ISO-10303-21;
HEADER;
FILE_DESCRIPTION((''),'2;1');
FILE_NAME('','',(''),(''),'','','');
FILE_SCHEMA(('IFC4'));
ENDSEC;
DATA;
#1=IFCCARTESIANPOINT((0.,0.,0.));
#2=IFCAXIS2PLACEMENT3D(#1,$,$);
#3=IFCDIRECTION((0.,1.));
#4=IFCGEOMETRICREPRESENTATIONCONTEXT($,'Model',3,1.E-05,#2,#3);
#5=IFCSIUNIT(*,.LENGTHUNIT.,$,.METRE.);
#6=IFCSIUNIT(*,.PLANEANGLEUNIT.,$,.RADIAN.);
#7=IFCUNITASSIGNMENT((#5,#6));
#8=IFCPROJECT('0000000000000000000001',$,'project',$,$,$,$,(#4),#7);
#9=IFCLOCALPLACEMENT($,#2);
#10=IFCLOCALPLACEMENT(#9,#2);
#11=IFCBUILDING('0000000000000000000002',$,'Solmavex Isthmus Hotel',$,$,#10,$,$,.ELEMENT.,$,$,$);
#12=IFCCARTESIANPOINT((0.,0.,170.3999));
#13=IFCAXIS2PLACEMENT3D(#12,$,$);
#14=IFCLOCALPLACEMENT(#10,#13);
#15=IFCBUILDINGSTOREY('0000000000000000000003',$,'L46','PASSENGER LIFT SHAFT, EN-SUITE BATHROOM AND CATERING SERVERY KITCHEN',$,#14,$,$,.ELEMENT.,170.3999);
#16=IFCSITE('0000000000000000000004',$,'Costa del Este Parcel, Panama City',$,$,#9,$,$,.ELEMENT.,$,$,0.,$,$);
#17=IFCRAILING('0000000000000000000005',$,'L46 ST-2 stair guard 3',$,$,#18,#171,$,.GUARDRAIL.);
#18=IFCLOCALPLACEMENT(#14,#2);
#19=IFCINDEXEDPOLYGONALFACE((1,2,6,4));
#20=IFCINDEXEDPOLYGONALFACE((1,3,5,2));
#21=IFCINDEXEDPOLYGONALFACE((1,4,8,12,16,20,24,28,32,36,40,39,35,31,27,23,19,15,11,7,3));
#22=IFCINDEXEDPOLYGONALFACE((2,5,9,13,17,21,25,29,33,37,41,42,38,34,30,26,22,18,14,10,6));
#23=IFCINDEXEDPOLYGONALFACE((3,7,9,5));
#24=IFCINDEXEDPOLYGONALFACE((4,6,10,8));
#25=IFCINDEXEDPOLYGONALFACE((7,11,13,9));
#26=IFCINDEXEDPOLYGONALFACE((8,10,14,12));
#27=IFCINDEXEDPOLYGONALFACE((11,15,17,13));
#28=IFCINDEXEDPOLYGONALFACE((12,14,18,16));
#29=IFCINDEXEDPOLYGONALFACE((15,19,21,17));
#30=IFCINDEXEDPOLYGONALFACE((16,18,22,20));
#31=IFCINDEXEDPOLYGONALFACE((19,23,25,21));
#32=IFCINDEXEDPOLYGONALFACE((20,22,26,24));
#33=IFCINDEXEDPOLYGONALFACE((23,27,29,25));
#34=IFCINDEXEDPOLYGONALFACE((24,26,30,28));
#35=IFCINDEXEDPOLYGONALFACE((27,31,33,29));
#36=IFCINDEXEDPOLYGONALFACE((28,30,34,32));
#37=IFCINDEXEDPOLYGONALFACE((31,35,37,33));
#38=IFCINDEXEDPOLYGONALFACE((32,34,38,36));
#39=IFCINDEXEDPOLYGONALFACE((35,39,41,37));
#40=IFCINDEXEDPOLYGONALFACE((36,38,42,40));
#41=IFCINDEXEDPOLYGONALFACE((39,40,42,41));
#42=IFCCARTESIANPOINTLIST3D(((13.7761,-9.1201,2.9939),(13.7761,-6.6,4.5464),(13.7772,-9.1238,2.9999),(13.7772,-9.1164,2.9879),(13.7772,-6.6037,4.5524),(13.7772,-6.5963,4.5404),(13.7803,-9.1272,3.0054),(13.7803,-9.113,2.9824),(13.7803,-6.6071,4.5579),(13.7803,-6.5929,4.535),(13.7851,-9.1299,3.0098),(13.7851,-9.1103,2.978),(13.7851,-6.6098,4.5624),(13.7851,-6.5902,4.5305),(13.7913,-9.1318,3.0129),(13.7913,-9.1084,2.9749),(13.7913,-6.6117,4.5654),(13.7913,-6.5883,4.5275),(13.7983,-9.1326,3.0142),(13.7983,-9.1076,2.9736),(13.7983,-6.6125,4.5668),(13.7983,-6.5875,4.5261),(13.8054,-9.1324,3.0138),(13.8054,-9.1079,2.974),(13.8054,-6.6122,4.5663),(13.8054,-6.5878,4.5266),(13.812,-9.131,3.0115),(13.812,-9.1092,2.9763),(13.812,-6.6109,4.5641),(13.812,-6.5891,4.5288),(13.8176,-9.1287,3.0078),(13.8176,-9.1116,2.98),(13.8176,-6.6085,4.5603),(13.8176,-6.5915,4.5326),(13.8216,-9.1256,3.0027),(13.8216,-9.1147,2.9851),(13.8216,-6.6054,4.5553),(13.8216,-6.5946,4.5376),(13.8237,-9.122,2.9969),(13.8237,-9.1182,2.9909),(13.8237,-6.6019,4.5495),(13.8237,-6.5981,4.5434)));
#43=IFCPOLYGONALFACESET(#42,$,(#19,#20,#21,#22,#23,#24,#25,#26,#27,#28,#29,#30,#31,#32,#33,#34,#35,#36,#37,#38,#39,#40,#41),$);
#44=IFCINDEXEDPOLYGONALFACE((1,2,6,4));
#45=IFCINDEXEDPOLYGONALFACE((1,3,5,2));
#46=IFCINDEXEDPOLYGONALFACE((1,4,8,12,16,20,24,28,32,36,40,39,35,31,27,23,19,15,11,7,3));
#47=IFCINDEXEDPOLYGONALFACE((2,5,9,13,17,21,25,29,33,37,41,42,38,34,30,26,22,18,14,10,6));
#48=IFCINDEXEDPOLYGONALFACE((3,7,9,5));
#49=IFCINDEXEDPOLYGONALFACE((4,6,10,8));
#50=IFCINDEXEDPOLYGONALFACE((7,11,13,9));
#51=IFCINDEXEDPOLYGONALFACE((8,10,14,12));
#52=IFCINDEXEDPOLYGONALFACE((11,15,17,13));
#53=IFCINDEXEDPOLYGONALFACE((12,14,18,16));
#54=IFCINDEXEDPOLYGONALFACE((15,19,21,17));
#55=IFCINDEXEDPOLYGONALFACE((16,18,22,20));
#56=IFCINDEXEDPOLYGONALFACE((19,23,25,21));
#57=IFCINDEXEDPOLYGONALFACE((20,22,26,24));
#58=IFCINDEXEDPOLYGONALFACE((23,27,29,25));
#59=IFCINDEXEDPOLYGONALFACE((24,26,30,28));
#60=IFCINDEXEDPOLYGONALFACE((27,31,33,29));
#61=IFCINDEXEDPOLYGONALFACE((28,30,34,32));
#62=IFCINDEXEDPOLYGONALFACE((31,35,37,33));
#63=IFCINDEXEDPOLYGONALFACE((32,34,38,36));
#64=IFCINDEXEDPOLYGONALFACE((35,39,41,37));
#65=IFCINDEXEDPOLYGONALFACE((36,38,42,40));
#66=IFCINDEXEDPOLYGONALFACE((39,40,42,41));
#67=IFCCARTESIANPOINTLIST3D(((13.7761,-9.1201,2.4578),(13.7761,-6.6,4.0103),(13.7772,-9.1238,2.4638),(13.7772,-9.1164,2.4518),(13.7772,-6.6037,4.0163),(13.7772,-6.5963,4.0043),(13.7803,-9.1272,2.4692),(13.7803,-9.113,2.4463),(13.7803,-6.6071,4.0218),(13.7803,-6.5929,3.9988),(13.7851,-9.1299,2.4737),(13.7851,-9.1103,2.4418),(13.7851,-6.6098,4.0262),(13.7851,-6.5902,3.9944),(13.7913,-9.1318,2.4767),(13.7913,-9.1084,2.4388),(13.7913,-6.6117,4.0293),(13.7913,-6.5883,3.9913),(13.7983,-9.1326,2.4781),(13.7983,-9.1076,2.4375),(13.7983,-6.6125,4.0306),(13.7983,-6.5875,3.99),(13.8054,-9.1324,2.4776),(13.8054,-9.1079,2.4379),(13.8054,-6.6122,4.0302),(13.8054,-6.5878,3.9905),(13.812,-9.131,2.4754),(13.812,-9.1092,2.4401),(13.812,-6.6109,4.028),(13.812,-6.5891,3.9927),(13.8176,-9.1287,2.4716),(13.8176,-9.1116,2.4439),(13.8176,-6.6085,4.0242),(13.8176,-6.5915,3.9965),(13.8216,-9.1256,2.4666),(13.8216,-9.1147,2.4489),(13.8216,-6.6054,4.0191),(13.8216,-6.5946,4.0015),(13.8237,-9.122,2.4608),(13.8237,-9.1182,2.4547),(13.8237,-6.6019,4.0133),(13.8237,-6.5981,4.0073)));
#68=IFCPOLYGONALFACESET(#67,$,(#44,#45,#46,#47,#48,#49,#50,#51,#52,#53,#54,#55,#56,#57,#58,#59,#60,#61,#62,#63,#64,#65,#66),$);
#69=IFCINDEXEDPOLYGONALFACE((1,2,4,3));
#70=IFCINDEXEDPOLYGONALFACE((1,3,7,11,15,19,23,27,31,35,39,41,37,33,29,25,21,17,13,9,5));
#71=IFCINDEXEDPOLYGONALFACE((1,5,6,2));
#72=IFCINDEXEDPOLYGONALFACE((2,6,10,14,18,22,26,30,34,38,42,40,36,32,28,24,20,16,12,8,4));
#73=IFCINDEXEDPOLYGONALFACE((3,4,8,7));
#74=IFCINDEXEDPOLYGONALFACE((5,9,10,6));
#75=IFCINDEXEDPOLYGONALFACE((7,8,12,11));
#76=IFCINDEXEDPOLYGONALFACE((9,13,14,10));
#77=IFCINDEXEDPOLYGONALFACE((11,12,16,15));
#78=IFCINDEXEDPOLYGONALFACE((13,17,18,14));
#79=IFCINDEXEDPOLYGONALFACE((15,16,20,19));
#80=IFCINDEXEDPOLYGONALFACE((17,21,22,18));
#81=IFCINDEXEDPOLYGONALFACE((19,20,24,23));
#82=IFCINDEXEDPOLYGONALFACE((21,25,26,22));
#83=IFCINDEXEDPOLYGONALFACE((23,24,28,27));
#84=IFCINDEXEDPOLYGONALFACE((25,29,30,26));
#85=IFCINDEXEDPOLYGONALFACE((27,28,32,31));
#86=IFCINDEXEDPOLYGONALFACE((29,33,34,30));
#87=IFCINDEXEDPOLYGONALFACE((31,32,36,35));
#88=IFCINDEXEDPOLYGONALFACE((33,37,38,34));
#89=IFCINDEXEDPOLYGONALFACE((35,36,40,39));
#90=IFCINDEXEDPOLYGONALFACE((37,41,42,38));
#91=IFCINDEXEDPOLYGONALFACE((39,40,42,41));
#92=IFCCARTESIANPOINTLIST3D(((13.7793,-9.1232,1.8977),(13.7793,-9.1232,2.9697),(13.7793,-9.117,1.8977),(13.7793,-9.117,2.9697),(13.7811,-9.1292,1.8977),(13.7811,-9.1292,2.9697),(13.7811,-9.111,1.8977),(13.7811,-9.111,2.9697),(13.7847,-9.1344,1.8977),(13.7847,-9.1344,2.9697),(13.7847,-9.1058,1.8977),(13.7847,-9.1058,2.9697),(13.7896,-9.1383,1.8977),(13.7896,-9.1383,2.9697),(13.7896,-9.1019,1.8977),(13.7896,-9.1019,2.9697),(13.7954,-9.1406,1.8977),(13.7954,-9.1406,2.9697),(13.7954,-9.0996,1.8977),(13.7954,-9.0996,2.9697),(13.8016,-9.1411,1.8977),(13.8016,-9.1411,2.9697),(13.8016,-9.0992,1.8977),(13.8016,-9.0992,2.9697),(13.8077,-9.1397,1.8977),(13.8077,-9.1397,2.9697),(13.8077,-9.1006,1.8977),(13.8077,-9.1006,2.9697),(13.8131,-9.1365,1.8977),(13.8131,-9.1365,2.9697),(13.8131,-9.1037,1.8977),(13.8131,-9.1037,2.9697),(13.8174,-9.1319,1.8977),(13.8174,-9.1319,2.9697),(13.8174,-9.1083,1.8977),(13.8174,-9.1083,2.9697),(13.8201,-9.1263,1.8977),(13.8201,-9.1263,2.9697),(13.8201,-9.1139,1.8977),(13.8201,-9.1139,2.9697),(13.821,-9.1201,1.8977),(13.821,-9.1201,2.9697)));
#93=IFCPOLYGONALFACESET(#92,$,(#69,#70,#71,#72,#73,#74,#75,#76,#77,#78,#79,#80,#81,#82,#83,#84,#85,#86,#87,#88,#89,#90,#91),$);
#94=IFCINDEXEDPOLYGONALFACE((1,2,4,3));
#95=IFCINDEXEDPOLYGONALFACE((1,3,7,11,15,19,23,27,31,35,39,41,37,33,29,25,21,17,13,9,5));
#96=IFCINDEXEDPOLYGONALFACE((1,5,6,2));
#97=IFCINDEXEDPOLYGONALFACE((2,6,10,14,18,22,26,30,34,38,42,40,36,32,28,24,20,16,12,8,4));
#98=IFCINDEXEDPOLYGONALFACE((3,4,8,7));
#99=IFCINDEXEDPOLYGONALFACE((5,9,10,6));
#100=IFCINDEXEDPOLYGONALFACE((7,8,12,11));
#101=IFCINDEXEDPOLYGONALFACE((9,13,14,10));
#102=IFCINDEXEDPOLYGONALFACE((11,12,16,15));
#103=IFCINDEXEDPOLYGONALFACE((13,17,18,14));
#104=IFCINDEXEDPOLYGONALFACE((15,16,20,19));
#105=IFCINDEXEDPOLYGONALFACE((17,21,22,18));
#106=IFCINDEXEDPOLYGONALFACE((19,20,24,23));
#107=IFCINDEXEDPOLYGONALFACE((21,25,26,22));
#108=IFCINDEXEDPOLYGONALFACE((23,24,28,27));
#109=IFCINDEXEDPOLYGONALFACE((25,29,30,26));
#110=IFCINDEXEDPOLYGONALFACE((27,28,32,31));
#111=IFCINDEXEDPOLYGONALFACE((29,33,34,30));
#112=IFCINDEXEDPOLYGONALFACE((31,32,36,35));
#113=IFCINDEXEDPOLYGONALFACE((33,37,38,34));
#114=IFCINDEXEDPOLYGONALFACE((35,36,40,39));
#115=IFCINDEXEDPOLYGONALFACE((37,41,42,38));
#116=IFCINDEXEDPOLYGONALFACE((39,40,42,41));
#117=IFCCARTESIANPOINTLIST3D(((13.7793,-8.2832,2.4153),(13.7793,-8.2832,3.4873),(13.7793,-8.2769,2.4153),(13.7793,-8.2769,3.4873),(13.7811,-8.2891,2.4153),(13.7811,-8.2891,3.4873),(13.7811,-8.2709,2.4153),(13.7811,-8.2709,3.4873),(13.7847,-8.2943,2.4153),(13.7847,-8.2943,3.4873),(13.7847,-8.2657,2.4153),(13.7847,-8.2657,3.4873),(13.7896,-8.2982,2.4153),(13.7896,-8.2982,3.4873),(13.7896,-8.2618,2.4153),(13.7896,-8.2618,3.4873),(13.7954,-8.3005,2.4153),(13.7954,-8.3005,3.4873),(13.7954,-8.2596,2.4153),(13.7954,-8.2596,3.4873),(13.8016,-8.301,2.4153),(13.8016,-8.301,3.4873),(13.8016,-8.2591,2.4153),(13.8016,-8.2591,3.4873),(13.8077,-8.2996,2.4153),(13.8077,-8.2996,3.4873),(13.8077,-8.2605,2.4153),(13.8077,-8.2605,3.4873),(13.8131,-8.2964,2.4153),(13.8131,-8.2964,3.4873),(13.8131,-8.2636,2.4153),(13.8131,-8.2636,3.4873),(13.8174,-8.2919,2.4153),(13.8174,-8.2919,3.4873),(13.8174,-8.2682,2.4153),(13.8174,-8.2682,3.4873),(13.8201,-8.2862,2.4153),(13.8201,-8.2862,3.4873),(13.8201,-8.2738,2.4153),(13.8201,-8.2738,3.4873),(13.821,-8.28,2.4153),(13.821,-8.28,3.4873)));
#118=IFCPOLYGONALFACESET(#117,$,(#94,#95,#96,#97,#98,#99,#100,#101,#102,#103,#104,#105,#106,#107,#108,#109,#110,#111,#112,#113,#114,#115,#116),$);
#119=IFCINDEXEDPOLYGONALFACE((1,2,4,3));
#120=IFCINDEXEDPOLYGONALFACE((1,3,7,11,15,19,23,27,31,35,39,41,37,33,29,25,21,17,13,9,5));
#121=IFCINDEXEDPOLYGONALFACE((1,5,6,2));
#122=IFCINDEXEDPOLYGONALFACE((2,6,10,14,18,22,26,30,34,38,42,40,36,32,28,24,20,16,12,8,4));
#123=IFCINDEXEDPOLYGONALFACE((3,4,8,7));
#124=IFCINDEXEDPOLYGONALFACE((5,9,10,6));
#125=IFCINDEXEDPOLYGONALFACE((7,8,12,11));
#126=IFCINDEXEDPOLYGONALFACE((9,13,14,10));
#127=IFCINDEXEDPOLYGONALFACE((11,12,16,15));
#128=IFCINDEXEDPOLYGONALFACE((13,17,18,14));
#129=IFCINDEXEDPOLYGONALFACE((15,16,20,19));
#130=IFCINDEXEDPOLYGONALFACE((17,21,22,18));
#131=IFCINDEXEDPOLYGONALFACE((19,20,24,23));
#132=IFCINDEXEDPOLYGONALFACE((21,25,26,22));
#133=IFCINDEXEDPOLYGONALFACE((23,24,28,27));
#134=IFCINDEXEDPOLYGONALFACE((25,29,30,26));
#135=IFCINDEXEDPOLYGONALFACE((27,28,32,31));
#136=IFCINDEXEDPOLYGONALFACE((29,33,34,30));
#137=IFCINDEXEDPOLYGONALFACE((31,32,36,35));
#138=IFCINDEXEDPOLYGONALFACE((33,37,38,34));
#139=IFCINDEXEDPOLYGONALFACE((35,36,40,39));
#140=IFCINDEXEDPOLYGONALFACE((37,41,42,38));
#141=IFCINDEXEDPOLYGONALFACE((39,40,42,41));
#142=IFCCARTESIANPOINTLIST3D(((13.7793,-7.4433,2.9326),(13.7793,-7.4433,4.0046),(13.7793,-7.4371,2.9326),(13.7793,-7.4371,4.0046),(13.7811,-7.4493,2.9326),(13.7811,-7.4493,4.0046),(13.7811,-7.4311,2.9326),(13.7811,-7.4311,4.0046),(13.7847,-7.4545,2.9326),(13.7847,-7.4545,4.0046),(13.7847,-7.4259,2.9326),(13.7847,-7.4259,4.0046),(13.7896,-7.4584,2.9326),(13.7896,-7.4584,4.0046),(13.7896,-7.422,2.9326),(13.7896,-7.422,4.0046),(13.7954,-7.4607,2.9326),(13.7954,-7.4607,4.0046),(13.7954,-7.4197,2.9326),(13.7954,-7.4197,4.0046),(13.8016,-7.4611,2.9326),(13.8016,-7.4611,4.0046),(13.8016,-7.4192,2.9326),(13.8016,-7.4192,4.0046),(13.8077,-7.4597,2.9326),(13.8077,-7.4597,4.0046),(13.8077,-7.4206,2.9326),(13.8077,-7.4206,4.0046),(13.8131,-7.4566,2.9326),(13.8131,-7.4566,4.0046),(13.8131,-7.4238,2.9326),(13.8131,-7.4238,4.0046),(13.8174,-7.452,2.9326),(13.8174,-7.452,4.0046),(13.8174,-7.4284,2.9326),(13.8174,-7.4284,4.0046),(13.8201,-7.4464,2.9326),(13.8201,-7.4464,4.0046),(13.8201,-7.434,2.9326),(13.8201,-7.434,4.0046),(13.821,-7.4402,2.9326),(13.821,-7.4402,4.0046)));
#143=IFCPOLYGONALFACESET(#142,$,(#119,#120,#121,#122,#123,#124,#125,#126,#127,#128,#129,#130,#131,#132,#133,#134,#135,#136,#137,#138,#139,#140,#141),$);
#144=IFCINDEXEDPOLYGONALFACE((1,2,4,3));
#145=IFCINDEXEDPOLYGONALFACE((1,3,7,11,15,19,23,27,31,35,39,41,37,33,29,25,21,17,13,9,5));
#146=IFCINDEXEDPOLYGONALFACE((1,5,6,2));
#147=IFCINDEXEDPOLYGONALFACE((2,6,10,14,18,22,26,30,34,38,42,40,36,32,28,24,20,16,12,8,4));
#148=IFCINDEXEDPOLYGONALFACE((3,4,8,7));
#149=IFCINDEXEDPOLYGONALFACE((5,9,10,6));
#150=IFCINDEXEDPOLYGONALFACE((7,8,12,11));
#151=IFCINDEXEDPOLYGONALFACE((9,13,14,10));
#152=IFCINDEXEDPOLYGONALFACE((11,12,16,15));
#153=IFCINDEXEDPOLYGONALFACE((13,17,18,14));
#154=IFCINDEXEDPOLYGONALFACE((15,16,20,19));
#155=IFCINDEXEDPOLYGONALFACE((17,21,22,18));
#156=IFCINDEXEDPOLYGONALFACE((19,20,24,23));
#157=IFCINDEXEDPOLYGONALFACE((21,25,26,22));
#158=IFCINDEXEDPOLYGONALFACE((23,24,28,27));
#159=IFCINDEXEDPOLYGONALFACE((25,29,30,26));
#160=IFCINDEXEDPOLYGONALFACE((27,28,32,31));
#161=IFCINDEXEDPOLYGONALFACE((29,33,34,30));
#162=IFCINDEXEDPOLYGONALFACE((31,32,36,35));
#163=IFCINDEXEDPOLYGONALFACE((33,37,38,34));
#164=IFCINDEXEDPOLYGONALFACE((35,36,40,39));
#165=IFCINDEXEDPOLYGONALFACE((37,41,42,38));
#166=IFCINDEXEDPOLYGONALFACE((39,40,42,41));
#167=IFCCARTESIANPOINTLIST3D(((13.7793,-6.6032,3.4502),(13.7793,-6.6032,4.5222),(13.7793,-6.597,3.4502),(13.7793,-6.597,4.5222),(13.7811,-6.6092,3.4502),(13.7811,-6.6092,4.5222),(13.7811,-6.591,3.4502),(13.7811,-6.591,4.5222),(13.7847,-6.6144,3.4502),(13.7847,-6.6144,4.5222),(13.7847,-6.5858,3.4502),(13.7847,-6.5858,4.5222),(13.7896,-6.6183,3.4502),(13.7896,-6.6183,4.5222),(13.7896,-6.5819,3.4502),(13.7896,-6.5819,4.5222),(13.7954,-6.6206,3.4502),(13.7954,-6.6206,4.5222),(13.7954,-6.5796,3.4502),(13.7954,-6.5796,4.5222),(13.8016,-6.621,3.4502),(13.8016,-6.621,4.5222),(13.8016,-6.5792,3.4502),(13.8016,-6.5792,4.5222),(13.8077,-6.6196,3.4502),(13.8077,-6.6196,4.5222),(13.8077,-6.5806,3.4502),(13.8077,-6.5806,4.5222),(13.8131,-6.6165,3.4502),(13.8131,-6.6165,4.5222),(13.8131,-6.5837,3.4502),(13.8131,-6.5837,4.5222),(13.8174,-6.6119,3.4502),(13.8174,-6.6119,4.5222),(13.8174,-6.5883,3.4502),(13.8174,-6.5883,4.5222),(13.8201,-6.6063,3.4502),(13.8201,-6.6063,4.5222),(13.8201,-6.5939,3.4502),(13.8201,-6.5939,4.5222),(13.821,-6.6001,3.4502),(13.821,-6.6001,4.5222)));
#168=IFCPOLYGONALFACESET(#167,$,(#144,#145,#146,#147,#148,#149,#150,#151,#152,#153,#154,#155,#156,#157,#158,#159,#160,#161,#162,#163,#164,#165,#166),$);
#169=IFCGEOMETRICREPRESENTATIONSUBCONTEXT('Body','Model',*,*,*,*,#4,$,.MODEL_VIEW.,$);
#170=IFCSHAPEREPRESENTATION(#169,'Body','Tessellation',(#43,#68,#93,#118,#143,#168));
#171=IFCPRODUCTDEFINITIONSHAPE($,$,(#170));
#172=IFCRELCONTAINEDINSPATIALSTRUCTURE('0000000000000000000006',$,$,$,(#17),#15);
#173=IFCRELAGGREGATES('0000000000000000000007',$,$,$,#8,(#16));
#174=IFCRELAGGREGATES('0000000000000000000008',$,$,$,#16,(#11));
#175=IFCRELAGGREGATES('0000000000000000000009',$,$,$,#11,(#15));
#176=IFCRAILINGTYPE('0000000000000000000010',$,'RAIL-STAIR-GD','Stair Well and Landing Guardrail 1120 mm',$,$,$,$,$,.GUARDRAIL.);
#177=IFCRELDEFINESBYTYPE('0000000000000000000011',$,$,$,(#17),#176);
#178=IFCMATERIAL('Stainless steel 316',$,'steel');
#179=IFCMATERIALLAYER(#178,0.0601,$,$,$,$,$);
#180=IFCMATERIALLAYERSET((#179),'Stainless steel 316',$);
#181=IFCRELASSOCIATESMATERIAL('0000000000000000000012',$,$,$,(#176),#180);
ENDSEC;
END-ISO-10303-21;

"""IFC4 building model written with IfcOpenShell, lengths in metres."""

from ifc_helpers import new_model, si_unit, direction, frame, origin, origin_2d, place, context, subcontext, project, spatial, circle, extrude, material, layer, layer_set, type_object, element, save


model = new_model("IFC4")

# Units and contexts
model_context = context("Model", 3, precision=1e-05, world=origin(), true_north=direction((0.0, 1.0)))
body_context = subcontext(model_context, "Body", "Model", "MODEL_VIEW")
ifc_project = project(units=[si_unit("LENGTHUNIT", "METRE"), si_unit("PLANEANGLEUNIT", "RADIAN")], contexts=[model_context])

# Site, building, storey
site_placement = place(None, origin())
site = spatial("IfcSite", under=ifc_project, at=site_placement, Name="Costa del Este Parcel, Panama City", CompositionType="ELEMENT", RefElevation=0.0)
building_placement = place(site_placement, origin())
building = spatial("IfcBuilding", under=site, at=building_placement, Name="Solmavex Isthmus Hotel", CompositionType="ELEMENT")
storey_placement = place(building_placement, frame((0.0, 0.0, 170.3999)))
storey = spatial("IfcBuildingStorey", under=building, at=storey_placement, Name="L46", Description="PASSENGER LIFT SHAFT, EN-SUITE BATHROOM AND CATERING SERVERY KITCHEN", CompositionType="ELEMENT", Elevation=170.3999)

# Shared definitions
ifc_material_1 = material(Name="Stainless steel 316", Category="steel")

# Railing
ifc_layer_1 = layer(ifc_material_1, 0.0601)
ifc_layer_set_1 = layer_set([ifc_layer_1], Name="Stainless steel 316")
railing_type_1 = type_object("IfcRailingType", Name="RAIL-STAIR-GD", Description="Stair Well and Landing Guardrail 1120 mm", PredefinedType="GUARDRAIL", material=ifc_layer_set_1)
railing_1_placement = place(storey_placement, frame((13.8, -9.1201, 1.8977)))
element("IfcRailing", 1, at=railing_1_placement, inside=storey, type_object=railing_type_1, Name="L46 ST-2 stair guard 3", PredefinedType="GUARDRAIL", context=body_context, shape_type="SweptSolid", body=[
    extrude(circle(Radius=0.0239, at=origin_2d()), frame((0.0, 0.0, 1.0962), z_axis=(0.0, 0.8514, 0.524516), x_axis=(-1.0, 0.0, 0.0)), (0.0, 0.0, 1.0), 2.96),
    extrude(circle(Radius=0.0239, at=origin_2d()), frame((0.0, 0.0, 0.5601), z_axis=(0.0, 0.8514, 0.524516), x_axis=(-1.0, 0.0, 0.0)), (0.0, 0.0, 1.0), 2.96),
    extrude(circle(Radius=0.021, at=origin_2d()), origin(), (0.0, 0.0, 1.0), 1.072),
    extrude(circle(Radius=0.021, at=origin_2d()), frame((0.0, 0.8401, 0.5176)), (0.0, 0.0, 1.0), 1.072),
    extrude(circle(Radius=0.021, at=origin_2d()), frame((0.0, 1.6799, 1.0349)), (0.0, 0.0, 1.0), 1.072),
    extrude(circle(Radius=0.021, at=origin_2d()), frame((0.0, 2.52, 1.5525)), (0.0, 0.0, 1.0), 1.072),
])

save(model, "model.ifc")
